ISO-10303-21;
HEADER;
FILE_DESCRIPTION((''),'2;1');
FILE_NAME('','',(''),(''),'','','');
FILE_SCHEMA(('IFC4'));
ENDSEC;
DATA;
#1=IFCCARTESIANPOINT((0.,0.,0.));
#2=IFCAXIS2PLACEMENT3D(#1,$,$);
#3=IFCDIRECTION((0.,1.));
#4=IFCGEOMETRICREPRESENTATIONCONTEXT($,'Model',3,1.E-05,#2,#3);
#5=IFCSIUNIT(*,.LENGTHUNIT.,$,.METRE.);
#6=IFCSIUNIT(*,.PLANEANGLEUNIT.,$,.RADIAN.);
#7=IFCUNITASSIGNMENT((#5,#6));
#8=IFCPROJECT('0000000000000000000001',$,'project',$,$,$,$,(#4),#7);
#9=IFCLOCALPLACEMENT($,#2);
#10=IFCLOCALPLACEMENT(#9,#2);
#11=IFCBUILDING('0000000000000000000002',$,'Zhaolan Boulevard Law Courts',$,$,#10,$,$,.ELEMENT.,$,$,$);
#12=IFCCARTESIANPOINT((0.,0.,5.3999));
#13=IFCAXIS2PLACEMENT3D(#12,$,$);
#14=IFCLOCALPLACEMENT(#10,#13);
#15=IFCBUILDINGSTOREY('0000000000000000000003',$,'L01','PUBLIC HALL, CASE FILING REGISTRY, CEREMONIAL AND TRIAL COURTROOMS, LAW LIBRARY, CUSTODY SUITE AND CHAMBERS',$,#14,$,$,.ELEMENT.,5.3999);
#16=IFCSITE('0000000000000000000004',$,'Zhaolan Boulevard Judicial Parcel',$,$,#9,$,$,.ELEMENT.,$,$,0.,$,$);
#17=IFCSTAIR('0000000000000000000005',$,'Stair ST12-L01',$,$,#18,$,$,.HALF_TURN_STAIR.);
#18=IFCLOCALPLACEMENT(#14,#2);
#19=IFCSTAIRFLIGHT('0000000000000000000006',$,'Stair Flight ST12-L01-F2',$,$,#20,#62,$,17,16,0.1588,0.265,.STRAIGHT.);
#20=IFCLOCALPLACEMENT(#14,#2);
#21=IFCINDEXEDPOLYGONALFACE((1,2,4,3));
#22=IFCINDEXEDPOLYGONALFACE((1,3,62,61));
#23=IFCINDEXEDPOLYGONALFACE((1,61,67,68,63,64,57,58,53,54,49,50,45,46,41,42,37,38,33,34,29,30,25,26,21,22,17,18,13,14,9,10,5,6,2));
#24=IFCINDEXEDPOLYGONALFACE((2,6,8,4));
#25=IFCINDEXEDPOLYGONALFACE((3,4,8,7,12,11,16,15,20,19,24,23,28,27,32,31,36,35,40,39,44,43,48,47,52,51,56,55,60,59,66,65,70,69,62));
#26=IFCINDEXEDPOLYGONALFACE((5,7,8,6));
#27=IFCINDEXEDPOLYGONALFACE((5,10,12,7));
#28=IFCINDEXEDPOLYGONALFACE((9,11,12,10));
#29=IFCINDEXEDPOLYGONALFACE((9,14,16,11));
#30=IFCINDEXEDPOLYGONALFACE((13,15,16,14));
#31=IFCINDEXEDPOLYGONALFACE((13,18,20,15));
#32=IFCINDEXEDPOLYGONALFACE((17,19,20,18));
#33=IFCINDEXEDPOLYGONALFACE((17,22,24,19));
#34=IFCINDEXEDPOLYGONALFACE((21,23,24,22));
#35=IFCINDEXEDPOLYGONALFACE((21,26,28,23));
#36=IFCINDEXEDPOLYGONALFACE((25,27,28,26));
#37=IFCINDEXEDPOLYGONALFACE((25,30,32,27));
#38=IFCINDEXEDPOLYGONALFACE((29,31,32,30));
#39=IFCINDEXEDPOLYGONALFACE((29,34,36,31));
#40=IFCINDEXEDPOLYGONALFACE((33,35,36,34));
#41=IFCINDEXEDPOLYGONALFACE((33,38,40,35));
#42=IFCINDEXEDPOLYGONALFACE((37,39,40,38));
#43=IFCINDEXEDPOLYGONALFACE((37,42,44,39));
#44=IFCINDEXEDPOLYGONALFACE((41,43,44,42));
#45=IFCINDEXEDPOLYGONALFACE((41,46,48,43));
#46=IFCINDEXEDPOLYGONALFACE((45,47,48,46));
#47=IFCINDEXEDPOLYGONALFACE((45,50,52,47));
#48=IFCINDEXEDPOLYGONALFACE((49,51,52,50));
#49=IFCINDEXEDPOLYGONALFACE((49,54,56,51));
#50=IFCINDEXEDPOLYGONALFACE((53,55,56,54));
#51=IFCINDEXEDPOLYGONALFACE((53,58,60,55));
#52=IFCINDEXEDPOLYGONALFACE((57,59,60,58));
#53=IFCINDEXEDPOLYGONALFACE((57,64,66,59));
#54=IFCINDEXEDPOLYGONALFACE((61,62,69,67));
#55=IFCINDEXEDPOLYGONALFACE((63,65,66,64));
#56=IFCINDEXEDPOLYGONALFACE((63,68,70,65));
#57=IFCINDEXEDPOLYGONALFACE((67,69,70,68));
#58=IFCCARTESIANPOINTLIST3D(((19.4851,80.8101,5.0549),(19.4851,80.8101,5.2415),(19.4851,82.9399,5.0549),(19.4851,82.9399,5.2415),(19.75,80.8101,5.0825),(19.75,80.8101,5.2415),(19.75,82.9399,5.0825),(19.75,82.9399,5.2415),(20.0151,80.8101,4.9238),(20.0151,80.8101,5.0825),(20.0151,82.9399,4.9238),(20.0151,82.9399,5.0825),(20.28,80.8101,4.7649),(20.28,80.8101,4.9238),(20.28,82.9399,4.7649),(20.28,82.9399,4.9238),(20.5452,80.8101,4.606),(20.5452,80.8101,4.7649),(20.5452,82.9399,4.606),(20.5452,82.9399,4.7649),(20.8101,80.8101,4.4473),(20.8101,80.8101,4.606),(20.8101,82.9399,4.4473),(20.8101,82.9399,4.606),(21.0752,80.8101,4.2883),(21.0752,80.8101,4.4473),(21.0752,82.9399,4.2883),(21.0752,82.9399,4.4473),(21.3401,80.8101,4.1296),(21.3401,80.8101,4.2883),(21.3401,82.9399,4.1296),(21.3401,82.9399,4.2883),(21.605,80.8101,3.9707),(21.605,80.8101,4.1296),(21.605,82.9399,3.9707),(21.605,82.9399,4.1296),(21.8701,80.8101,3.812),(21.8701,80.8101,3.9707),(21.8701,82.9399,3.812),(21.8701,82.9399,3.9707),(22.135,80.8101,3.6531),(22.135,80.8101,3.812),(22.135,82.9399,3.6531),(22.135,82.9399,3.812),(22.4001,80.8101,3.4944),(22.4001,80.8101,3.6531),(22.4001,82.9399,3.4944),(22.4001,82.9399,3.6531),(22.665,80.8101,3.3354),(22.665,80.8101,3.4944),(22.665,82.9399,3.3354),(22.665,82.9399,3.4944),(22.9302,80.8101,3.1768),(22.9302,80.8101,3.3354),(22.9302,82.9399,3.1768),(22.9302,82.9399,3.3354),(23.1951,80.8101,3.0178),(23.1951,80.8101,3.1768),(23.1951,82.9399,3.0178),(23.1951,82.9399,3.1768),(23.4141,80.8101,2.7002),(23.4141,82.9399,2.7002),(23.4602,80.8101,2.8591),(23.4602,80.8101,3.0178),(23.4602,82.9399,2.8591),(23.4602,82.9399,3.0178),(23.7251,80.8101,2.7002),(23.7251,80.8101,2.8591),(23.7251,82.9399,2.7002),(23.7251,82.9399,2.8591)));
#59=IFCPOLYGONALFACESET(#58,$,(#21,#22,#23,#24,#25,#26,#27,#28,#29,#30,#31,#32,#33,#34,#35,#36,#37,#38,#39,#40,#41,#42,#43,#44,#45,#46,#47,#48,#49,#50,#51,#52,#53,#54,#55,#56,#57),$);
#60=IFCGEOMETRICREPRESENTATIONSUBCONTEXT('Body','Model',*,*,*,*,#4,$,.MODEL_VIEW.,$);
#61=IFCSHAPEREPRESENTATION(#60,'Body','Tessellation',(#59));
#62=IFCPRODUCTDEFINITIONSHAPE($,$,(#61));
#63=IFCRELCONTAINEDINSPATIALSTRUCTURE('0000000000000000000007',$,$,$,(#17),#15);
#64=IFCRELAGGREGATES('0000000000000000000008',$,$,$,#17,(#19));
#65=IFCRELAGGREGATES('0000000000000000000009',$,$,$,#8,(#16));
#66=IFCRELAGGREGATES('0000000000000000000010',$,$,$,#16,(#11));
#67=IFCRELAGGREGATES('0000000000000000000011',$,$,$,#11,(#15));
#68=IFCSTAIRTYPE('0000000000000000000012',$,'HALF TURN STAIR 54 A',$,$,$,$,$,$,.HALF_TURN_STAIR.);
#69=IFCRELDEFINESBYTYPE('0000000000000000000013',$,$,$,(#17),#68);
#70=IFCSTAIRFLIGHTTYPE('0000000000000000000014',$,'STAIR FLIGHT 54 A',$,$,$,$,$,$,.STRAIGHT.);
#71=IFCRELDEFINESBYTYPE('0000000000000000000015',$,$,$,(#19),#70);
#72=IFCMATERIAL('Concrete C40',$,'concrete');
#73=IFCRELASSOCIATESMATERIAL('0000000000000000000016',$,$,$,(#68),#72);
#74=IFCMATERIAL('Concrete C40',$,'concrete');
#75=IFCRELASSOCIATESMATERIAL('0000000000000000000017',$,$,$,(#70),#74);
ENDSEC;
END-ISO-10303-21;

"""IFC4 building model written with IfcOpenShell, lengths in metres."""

from ifc_helpers import new_model, si_unit, direction, frame, origin, place, context, subcontext, project, spatial, polyline, outline, extrude, material, type_object, element, aggregate, save


model = new_model("IFC4")

# Units and contexts
model_context = context("Model", 3, precision=1e-05, world=origin(), true_north=direction((0.0, 1.0)))
body_context = subcontext(model_context, "Body", "Model", "MODEL_VIEW")
ifc_project = project(units=[si_unit("LENGTHUNIT", "METRE"), si_unit("PLANEANGLEUNIT", "RADIAN")], contexts=[model_context])

# Site, building, storey
site_placement = place(None, origin())
site = spatial("IfcSite", under=ifc_project, at=site_placement, Name="Zhaolan Boulevard Judicial Parcel", CompositionType="ELEMENT", RefElevation=0.0)
building_placement = place(site_placement, origin())
building = spatial("IfcBuilding", under=site, at=building_placement, Name="Zhaolan Boulevard Law Courts", CompositionType="ELEMENT")
storey_placement = place(building_placement, frame((0.0, 0.0, 5.3999)))
storey = spatial("IfcBuildingStorey", under=building, at=storey_placement, Name="L01", Description="PUBLIC HALL, CASE FILING REGISTRY, CEREMONIAL AND TRIAL COURTROOMS, LAW LIBRARY, CUSTODY SUITE AND CHAMBERS", CompositionType="ELEMENT", Elevation=5.3999)

# Stair, stair flight
ifc_material_1 = material(Name="Concrete C40", Category="concrete")
stair_type = type_object("IfcStairType", Name="HALF TURN STAIR 54 A", PredefinedType="HALF_TURN_STAIR", material=ifc_material_1)
stair_placement = place(storey_placement, origin())
stair = element("IfcStair", 1, at=stair_placement, inside=storey, type_object=stair_type, Name="Stair ST12-L01", PredefinedType="HALF_TURN_STAIR")
ifc_material_2 = material(Name="Concrete C40", Category="concrete")
stair_flight_type = type_object("IfcStairFlightType", Name="STAIR FLIGHT 54 A", PredefinedType="STRAIGHT", material=ifc_material_2)
stair_flight_1_placement = place(storey_placement, frame((23.7251, 81.875, 2.7002), z_axis=(0.0, 0.0, 1.0), x_axis=(-1.0, 0.0, 0.0)))
stair_flight_1 = element("IfcStairFlight", 2, at=stair_flight_1_placement, type_object=stair_flight_type, Name="Stair Flight ST12-L01-F2", NumberOfRisers=17, NumberOfTreads=16, PredefinedType="STRAIGHT", RiserHeight=0.1588, TreadLength=0.265, context=body_context, shape_type="SweptSolid", body=[
    extrude(outline(polyline([(0.0, 0.0), (0.0, 0.1589), (0.2649, 0.1589), (0.2649, 0.3176), (0.53, 0.3176), (0.53, 0.4766), (0.7949, 0.4766), (0.7949, 0.6353), (1.0601, 0.6353), (1.0601, 0.7942), (1.325, 0.7942), (1.325, 0.9529), (1.5901, 0.9529), (1.5901, 1.1118), (1.855, 1.1118), (1.855, 1.2705), (2.1201, 1.2705), (2.1201, 1.4294), (2.385, 1.4294), (2.385, 1.5881), (2.6499, 1.5881), (2.6499, 1.7471), (2.915, 1.7471), (2.915, 1.9058), (3.1799, 1.9058), (3.1799, 2.0647), (3.4451, 2.0647), (3.4451, 2.2236), (3.71, 2.2236), (3.71, 2.3823), (3.9751, 2.3823), (3.9751, 2.5413), (4.24, 2.5413), (4.24, 2.7), (4.24, 2.3547), (0.311, 0.0), (0.0, 0.0)])), frame((0.0, 1.0649, 0.0), z_axis=(0.0, -1.0, 0.0), x_axis=(1.0, 0.0, 0.0)), (0.0, 0.0, 1.0), 2.1299),
])
aggregate(stair, [stair_flight_1])

save(model, "model.ifc")
